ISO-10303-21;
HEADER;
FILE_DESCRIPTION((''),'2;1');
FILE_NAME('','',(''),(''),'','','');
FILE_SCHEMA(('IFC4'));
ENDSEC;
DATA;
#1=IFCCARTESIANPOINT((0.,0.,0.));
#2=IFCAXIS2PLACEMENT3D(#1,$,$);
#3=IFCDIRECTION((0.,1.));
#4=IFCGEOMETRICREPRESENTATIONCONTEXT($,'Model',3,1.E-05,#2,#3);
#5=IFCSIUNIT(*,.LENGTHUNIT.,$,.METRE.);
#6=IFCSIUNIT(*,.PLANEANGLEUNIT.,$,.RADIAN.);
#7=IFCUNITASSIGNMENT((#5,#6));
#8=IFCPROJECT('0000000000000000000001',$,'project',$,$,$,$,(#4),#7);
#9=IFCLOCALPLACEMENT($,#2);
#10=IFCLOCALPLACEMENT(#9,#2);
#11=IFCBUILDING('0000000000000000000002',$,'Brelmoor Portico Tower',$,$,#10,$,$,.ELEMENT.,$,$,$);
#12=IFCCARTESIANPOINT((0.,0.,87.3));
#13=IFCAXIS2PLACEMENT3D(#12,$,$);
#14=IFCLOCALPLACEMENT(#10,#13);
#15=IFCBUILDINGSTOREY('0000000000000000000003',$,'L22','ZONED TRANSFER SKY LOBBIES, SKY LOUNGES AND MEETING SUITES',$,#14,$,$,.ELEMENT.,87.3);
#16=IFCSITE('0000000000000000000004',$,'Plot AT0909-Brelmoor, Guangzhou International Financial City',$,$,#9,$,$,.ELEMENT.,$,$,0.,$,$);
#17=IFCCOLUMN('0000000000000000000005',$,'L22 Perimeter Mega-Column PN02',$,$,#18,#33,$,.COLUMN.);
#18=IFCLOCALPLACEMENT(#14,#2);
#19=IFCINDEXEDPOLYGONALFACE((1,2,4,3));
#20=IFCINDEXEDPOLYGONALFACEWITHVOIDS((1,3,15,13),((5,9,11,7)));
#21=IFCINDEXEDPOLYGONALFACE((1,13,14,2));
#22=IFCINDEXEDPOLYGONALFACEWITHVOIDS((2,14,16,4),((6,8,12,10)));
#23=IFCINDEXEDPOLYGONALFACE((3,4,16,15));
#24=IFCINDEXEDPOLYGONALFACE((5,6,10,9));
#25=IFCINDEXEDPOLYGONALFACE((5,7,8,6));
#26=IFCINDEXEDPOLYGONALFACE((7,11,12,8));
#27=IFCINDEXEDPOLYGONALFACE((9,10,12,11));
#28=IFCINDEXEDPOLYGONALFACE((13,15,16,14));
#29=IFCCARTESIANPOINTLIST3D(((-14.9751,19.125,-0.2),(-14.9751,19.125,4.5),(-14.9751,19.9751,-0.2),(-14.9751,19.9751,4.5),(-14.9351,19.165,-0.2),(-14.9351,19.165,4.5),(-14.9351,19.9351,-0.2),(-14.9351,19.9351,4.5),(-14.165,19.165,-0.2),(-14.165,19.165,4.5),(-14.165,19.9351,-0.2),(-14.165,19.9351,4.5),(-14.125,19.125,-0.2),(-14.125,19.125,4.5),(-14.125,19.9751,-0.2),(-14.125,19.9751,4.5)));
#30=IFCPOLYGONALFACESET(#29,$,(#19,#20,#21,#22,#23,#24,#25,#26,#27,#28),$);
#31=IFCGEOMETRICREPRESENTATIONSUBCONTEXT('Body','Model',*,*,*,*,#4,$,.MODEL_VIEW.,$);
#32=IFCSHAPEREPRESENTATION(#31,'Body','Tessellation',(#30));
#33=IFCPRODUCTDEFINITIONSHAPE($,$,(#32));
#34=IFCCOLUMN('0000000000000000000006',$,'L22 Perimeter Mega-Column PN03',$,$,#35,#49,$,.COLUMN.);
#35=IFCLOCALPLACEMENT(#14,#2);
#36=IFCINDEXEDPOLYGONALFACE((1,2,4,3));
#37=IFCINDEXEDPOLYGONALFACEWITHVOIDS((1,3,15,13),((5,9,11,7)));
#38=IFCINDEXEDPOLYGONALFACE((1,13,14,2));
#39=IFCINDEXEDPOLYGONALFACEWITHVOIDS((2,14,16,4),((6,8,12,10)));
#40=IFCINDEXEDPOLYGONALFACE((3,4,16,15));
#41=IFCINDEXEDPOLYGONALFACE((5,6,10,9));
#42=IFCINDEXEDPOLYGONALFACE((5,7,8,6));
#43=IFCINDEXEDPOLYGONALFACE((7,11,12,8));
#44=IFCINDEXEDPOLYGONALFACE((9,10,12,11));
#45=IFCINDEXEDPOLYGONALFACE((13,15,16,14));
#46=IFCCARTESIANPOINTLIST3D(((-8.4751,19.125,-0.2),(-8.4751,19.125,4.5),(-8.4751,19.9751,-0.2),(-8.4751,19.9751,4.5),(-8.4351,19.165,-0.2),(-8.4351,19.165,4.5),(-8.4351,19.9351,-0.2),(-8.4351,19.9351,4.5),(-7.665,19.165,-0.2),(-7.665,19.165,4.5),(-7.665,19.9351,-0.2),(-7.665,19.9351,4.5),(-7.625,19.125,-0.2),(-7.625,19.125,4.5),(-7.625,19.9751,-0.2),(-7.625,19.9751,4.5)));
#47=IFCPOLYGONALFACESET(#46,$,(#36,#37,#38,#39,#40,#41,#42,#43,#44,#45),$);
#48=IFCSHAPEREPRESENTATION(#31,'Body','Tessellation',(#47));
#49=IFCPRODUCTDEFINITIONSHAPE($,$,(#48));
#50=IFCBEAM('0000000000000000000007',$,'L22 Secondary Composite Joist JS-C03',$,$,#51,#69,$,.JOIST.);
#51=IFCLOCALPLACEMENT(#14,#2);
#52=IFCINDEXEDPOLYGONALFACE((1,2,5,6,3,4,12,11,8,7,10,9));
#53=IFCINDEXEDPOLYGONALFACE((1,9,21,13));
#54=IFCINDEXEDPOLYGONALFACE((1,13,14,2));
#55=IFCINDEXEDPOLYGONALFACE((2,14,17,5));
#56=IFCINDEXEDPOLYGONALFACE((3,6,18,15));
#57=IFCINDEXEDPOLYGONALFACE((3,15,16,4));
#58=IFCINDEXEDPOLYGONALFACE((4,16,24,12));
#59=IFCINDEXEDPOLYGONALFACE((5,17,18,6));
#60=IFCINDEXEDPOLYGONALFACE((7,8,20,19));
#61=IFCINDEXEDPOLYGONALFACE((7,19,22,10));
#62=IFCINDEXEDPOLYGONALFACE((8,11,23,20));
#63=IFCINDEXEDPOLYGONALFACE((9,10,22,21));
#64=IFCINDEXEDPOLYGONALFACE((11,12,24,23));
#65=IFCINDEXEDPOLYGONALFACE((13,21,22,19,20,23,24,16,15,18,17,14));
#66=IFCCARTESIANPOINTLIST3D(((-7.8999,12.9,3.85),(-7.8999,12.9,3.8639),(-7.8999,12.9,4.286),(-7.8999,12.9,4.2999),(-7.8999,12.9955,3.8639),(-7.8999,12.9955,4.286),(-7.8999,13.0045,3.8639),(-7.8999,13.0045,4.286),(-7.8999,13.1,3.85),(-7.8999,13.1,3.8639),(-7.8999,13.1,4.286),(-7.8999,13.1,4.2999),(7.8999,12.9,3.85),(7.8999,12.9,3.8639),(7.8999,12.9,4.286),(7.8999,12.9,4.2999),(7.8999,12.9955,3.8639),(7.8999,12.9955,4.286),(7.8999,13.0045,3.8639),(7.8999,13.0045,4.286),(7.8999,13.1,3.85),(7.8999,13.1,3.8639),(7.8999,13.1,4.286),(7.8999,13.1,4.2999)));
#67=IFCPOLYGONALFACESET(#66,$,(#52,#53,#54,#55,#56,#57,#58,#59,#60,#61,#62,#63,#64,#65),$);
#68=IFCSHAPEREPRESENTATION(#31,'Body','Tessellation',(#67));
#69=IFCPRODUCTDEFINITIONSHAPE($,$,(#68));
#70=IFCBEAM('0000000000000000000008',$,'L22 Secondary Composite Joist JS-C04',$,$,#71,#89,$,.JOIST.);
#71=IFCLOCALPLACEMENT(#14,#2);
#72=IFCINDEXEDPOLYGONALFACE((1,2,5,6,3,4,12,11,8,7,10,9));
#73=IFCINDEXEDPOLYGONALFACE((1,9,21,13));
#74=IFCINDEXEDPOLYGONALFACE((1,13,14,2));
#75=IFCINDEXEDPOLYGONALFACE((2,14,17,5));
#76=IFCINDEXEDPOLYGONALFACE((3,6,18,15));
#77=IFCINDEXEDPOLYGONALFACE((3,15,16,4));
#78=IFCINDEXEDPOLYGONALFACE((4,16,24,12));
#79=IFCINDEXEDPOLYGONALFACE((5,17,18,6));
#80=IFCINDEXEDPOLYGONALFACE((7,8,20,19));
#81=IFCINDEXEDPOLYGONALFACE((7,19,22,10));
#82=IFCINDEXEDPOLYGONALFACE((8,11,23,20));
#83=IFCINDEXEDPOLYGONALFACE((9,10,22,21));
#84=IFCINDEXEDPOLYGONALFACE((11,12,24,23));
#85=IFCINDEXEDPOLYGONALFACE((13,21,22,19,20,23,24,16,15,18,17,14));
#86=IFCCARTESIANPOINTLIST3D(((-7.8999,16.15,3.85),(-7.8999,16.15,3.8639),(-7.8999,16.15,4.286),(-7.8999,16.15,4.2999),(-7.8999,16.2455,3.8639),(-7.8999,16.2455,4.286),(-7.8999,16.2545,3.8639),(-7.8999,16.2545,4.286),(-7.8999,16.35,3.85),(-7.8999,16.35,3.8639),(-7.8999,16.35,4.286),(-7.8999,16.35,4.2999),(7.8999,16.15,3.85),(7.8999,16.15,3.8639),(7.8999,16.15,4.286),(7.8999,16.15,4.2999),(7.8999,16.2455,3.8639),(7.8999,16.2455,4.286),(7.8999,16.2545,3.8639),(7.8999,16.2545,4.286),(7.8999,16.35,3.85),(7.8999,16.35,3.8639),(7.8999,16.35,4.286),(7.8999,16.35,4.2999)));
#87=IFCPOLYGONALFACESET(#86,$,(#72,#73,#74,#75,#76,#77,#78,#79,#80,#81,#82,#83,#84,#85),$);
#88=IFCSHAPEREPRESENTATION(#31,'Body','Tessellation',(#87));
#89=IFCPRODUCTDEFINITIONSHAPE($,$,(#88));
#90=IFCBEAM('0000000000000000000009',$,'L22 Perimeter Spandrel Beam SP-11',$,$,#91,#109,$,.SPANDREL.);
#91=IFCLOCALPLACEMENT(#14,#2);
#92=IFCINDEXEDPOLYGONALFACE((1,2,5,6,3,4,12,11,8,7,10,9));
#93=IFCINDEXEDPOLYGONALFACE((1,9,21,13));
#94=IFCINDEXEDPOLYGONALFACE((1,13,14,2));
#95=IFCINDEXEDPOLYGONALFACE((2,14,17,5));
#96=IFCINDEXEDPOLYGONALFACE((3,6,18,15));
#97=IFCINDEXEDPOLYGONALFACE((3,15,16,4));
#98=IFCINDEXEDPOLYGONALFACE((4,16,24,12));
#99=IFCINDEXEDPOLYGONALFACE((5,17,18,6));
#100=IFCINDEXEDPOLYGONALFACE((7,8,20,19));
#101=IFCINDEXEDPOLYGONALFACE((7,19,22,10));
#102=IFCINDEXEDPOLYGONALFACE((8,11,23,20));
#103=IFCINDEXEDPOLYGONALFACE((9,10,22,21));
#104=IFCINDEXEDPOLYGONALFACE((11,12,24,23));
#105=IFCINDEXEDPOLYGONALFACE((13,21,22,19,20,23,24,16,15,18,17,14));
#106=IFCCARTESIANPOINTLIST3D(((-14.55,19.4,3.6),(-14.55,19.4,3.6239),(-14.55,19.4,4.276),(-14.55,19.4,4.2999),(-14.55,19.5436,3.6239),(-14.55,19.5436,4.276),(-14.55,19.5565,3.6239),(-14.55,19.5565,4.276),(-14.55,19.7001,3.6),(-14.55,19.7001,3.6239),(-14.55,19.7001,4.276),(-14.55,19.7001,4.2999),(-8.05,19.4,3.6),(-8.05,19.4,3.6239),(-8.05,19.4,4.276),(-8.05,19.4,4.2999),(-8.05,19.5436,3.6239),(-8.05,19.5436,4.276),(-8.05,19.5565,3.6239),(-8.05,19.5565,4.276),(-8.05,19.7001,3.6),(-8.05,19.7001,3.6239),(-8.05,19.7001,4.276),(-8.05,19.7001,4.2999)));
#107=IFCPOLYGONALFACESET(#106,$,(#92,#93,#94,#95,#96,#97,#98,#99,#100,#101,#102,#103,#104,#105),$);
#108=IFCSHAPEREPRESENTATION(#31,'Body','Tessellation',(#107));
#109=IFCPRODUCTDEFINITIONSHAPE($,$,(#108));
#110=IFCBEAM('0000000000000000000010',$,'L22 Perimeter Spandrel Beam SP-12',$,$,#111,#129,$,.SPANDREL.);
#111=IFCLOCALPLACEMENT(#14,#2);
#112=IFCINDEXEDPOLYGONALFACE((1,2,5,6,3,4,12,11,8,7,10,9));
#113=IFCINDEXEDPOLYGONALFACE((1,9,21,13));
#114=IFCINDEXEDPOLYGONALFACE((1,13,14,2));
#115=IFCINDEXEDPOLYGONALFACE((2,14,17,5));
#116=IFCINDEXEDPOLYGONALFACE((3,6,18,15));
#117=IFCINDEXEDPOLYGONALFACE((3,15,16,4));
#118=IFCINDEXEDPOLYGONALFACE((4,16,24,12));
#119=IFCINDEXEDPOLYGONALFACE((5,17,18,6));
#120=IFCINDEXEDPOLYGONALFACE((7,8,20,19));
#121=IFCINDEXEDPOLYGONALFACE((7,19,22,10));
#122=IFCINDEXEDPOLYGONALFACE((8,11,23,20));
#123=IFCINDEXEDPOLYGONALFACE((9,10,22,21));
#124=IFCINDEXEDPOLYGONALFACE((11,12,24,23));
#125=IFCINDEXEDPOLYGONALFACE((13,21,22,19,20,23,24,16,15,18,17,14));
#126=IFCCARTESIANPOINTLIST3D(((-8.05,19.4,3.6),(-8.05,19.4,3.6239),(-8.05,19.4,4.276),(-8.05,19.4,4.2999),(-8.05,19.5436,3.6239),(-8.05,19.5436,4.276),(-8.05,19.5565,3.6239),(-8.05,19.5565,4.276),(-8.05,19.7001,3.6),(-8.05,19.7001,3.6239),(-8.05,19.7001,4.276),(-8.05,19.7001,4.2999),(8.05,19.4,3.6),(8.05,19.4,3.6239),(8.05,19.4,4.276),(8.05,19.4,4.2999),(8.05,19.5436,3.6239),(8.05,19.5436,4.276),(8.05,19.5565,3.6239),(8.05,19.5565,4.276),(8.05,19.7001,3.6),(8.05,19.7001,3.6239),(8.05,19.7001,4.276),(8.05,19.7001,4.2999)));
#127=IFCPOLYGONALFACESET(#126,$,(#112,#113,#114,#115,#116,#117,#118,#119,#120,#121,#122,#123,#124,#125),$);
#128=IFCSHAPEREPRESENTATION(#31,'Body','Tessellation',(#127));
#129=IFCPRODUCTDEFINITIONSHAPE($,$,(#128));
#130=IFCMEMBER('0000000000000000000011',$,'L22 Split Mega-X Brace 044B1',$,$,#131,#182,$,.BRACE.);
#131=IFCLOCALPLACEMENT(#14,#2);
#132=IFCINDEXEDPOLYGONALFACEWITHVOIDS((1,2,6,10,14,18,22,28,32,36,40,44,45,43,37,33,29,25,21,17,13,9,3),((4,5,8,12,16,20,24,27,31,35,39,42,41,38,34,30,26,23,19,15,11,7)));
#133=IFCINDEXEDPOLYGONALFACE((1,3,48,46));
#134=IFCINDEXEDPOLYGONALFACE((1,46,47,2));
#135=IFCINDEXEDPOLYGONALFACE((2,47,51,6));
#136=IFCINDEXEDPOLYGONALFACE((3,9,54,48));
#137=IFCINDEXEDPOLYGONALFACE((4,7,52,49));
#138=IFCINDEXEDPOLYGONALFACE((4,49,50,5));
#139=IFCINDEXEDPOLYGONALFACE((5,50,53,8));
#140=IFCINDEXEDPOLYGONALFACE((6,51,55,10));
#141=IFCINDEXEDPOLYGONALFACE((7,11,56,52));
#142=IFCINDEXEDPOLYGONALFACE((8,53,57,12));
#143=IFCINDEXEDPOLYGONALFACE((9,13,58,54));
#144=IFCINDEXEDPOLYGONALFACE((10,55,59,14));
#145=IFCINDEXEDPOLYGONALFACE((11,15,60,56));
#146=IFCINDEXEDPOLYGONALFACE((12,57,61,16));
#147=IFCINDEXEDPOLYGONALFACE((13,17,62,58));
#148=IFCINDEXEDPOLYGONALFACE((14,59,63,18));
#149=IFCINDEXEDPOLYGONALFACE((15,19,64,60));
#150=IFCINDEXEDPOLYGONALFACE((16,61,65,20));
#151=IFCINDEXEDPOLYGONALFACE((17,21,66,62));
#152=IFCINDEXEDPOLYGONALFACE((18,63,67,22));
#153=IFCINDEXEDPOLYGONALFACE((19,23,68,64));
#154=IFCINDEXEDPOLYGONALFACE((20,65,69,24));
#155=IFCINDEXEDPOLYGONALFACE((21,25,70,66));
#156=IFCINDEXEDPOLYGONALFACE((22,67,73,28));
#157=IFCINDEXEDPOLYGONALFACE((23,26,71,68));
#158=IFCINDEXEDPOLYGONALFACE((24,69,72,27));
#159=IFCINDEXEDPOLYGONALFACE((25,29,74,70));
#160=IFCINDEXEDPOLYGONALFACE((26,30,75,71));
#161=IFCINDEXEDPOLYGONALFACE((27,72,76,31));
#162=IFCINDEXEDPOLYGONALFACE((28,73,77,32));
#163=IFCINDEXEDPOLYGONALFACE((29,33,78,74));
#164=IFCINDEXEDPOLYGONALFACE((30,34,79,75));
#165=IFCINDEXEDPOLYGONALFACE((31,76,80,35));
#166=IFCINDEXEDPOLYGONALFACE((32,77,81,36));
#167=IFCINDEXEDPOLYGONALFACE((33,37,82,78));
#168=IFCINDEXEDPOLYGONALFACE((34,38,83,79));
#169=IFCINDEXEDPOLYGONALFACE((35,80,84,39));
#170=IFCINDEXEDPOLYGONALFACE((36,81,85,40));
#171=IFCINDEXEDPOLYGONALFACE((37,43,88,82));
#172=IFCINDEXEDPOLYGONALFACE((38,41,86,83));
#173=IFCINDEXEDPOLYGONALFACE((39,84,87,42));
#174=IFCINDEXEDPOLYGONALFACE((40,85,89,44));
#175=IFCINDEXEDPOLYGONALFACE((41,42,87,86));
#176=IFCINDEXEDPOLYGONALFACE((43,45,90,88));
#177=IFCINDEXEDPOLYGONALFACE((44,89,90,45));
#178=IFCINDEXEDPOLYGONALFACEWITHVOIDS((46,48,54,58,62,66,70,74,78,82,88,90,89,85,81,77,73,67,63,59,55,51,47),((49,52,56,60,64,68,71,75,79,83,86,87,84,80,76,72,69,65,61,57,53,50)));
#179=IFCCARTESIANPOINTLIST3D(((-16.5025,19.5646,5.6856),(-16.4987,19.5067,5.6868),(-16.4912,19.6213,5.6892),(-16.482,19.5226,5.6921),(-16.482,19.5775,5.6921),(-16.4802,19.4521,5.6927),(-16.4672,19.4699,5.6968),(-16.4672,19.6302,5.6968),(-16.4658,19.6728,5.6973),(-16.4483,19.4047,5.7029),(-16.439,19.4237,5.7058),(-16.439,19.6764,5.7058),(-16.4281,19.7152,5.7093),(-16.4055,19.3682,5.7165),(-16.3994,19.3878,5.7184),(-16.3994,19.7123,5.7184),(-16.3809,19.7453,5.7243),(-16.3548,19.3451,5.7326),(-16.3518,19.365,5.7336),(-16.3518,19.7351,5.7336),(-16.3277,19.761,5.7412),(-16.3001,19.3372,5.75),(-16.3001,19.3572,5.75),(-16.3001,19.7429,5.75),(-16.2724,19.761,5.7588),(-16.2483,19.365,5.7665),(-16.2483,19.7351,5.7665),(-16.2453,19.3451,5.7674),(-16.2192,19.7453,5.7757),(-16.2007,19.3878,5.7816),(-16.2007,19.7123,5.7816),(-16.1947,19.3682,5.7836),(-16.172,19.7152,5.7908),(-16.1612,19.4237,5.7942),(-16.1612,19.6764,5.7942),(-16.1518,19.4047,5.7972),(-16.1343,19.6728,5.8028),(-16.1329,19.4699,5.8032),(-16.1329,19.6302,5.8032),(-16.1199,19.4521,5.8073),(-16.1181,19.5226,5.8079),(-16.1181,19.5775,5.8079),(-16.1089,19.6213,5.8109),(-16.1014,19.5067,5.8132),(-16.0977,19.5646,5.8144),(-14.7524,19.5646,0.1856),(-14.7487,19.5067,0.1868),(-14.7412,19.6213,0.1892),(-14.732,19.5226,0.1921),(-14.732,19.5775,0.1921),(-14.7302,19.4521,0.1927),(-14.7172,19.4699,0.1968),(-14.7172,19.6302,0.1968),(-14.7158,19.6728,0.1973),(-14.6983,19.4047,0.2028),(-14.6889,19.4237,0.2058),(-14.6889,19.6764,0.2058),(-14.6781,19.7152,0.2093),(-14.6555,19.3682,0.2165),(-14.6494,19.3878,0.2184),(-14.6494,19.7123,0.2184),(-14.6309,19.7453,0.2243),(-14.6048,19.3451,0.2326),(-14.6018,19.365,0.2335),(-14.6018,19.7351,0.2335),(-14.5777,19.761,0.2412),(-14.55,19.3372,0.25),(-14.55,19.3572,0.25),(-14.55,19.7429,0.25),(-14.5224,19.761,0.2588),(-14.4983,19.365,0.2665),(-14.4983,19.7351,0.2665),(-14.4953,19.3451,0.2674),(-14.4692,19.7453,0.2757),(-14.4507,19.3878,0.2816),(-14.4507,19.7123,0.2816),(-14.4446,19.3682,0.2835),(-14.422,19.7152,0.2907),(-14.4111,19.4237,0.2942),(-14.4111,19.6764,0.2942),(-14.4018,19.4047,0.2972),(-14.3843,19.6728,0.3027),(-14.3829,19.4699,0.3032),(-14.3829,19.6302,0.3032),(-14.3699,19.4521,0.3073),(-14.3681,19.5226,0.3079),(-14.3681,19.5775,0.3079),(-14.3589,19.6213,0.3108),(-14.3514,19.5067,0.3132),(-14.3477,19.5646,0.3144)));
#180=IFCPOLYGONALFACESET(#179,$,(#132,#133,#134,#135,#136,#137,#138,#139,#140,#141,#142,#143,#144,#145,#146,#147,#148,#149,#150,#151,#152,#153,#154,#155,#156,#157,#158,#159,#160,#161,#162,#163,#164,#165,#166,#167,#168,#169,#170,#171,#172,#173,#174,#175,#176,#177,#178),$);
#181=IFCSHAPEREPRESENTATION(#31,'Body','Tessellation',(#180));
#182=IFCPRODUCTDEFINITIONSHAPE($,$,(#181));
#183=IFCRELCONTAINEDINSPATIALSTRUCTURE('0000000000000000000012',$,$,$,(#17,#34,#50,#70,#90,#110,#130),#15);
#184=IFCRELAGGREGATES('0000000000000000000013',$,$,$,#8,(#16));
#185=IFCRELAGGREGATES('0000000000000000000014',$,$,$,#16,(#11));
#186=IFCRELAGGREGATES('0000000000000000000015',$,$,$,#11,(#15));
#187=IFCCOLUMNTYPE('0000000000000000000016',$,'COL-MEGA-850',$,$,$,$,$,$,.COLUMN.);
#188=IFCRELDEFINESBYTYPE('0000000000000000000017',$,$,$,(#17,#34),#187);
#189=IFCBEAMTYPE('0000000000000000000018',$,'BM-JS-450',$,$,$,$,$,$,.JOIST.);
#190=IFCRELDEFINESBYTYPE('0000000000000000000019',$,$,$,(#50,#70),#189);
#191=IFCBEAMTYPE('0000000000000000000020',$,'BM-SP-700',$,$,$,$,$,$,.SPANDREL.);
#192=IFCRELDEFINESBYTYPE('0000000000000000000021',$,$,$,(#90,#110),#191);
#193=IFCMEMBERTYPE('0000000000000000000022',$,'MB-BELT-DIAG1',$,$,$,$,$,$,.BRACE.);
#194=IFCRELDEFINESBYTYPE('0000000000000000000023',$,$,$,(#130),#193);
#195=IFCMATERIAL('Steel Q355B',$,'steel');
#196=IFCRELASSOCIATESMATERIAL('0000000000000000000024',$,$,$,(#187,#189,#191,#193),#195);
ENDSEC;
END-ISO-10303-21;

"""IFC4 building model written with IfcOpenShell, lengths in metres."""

from ifc_helpers import new_model, si_unit, direction, frame, origin, origin_2d, place, context, subcontext, project, spatial, hollow_rectangle, hollow_circle, i_section, extrude, material, material_profile, profile_set, type_object, element, save


model = new_model("IFC4")

# Units and contexts
model_context = context("Model", 3, precision=1e-05, world=origin(), true_north=direction((0.0, 1.0)))
body_context = subcontext(model_context, "Body", "Model", "MODEL_VIEW")
ifc_project = project(units=[si_unit("LENGTHUNIT", "METRE"), si_unit("PLANEANGLEUNIT", "RADIAN")], contexts=[model_context])

# Site, building, storey
site_placement = place(None, origin())
site = spatial("IfcSite", under=ifc_project, at=site_placement, Name="Plot AT0909-Brelmoor, Guangzhou International Financial City", CompositionType="ELEMENT", RefElevation=0.0)
building_placement = place(site_placement, origin())
building = spatial("IfcBuilding", under=site, at=building_placement, Name="Brelmoor Portico Tower", CompositionType="ELEMENT")
storey_placement = place(building_placement, frame((0.0, 0.0, 87.3)))
storey = spatial("IfcBuildingStorey", under=building, at=storey_placement, Name="L22", Description="ZONED TRANSFER SKY LOBBIES, SKY LOUNGES AND MEETING SUITES", CompositionType="ELEMENT", Elevation=87.3)

# Columns
ifc_material_1 = material(Name="Steel Q355B", Category="steel")
ifc_material_profile_1 = material_profile(ifc_material_1, hollow_rectangle(XDim=0.8501, YDim=0.8501, WallThickness=0.04, at=origin_2d()), Name="BOX 850x850x40")
ifc_profile_set_1 = profile_set([ifc_material_profile_1], Name="Steel Q355B")
column_type = type_object("IfcColumnType", Name="COL-MEGA-850", PredefinedType="COLUMN", material=ifc_profile_set_1)
for number, where, z_axis, x_axis, name in (
    (1, (-14.55, 19.55, -0.2), (0.0, 0.0, 1.0), (1.0, 0.0, 0.0), "L22 Perimeter Mega-Column PN02"),
    (2, (-8.05, 19.55, -0.2), (0.0, 0.0, 1.0), (1.0, 0.0, 0.0), "L22 Perimeter Mega-Column PN03"),
):
    element("IfcColumn", number, at=place(storey_placement, frame(where, z_axis=z_axis, x_axis=x_axis)), inside=storey, type_object=column_type, Name=name, PredefinedType="COLUMN", context=body_context, shape_type="SweptSolid", body=[
        extrude(hollow_rectangle(XDim=0.8501, YDim=0.8501, WallThickness=0.04, at=origin_2d()), origin(), (0.0, 0.0, 1.0), 4.7),
    ])

# Beams
ifc_material_profile_2 = material_profile(ifc_material_1, i_section(OverallWidth=0.2, OverallDepth=0.45, WebThickness=0.009, FlangeThickness=0.0139, at=origin_2d()), Name="HN 450x200x9x14")
ifc_profile_set_2 = profile_set([ifc_material_profile_2], Name="Steel Q355B")
beam_type_1 = type_object("IfcBeamType", Name="BM-JS-450", PredefinedType="JOIST", material=ifc_profile_set_2)
for number, where, z_axis, x_axis, name in (
    (3, (-7.8999, 13.0, 4.075), (1.0, 0.0, 0.0), (0.0, 1.0, 0.0), "L22 Secondary Composite Joist JS-C03"),
    (4, (-7.8999, 16.25, 4.075), (1.0, 0.0, 0.0), (0.0, 1.0, 0.0), "L22 Secondary Composite Joist JS-C04"),
):
    element("IfcBeam", number, at=place(storey_placement, frame(where, z_axis=z_axis, x_axis=x_axis)), inside=storey, type_object=beam_type_1, Name=name, PredefinedType="JOIST", context=body_context, shape_type="SweptSolid", body=[
        extrude(i_section(OverallWidth=0.2, OverallDepth=0.45, WebThickness=0.009, FlangeThickness=0.0139, at=origin_2d()), origin(), (0.0, 0.0, 1.0), 15.7998),
    ])
ifc_material_profile_3 = material_profile(ifc_material_1, i_section(OverallWidth=0.3, OverallDepth=0.7, WebThickness=0.0129, FlangeThickness=0.0239, at=origin_2d()), Name="HN 700x300x13x24")
ifc_profile_set_3 = profile_set([ifc_material_profile_3], Name="Steel Q355B")
beam_type_2 = type_object("IfcBeamType", Name="BM-SP-700", PredefinedType="SPANDREL", material=ifc_profile_set_3)
beam_1_placement = place(storey_placement, frame((-14.55, 19.55, 3.95), z_axis=(1.0, 0.0, 0.0), x_axis=(0.0, 1.0, 0.0)))
element("IfcBeam", 5, at=beam_1_placement, inside=storey, type_object=beam_type_2, Name="L22 Perimeter Spandrel Beam SP-11", PredefinedType="SPANDREL", context=body_context, shape_type="SweptSolid", body=[
    extrude(i_section(OverallWidth=0.3, OverallDepth=0.7, WebThickness=0.0129, FlangeThickness=0.0239, at=origin_2d()), origin(), (0.0, 0.0, 1.0), 6.5),
])
beam_2_placement = place(storey_placement, frame((-8.05, 19.55, 3.95), z_axis=(1.0, 0.0, 0.0), x_axis=(0.0, 1.0, 0.0)))
element("IfcBeam", 6, at=beam_2_placement, inside=storey, type_object=beam_type_2, Name="L22 Perimeter Spandrel Beam SP-12", PredefinedType="SPANDREL", context=body_context, shape_type="SweptSolid", body=[
    extrude(i_section(OverallWidth=0.3, OverallDepth=0.7, WebThickness=0.0129, FlangeThickness=0.0239, at=origin_2d()), origin(), (0.0, 0.0, 1.0), 16.1001),
])

# Member
ifc_material_profile_4 = material_profile(ifc_material_1, hollow_circle(Radius=0.2129, WallThickness=0.02, at=origin_2d()), Name="CHS 426x20")
ifc_profile_set_4 = profile_set([ifc_material_profile_4], Name="Steel Q355B")
member_type_1 = type_object("IfcMemberType", Name="MB-BELT-DIAG1", PredefinedType="BRACE", material=ifc_profile_set_4)
for number, where, z_axis, x_axis, name in (
    (7, (-14.55, 19.55, 0.25), (-0.303204, 0.0, 0.952926), (0.0, -1.0, 0.0), "L22 Split Mega-X Brace 044B1"),
):
    element("IfcMember", number, at=place(storey_placement, frame(where, z_axis=z_axis, x_axis=x_axis)), inside=storey, type_object=member_type_1, Name=name, PredefinedType="BRACE", context=body_context, shape_type="SweptSolid", body=[
        extrude(hollow_circle(Radius=0.2129, WallThickness=0.02, at=origin_2d()), origin(), (0.0, 0.0, 1.0), 5.7717),
    ])

save(model, "model.ifc")
